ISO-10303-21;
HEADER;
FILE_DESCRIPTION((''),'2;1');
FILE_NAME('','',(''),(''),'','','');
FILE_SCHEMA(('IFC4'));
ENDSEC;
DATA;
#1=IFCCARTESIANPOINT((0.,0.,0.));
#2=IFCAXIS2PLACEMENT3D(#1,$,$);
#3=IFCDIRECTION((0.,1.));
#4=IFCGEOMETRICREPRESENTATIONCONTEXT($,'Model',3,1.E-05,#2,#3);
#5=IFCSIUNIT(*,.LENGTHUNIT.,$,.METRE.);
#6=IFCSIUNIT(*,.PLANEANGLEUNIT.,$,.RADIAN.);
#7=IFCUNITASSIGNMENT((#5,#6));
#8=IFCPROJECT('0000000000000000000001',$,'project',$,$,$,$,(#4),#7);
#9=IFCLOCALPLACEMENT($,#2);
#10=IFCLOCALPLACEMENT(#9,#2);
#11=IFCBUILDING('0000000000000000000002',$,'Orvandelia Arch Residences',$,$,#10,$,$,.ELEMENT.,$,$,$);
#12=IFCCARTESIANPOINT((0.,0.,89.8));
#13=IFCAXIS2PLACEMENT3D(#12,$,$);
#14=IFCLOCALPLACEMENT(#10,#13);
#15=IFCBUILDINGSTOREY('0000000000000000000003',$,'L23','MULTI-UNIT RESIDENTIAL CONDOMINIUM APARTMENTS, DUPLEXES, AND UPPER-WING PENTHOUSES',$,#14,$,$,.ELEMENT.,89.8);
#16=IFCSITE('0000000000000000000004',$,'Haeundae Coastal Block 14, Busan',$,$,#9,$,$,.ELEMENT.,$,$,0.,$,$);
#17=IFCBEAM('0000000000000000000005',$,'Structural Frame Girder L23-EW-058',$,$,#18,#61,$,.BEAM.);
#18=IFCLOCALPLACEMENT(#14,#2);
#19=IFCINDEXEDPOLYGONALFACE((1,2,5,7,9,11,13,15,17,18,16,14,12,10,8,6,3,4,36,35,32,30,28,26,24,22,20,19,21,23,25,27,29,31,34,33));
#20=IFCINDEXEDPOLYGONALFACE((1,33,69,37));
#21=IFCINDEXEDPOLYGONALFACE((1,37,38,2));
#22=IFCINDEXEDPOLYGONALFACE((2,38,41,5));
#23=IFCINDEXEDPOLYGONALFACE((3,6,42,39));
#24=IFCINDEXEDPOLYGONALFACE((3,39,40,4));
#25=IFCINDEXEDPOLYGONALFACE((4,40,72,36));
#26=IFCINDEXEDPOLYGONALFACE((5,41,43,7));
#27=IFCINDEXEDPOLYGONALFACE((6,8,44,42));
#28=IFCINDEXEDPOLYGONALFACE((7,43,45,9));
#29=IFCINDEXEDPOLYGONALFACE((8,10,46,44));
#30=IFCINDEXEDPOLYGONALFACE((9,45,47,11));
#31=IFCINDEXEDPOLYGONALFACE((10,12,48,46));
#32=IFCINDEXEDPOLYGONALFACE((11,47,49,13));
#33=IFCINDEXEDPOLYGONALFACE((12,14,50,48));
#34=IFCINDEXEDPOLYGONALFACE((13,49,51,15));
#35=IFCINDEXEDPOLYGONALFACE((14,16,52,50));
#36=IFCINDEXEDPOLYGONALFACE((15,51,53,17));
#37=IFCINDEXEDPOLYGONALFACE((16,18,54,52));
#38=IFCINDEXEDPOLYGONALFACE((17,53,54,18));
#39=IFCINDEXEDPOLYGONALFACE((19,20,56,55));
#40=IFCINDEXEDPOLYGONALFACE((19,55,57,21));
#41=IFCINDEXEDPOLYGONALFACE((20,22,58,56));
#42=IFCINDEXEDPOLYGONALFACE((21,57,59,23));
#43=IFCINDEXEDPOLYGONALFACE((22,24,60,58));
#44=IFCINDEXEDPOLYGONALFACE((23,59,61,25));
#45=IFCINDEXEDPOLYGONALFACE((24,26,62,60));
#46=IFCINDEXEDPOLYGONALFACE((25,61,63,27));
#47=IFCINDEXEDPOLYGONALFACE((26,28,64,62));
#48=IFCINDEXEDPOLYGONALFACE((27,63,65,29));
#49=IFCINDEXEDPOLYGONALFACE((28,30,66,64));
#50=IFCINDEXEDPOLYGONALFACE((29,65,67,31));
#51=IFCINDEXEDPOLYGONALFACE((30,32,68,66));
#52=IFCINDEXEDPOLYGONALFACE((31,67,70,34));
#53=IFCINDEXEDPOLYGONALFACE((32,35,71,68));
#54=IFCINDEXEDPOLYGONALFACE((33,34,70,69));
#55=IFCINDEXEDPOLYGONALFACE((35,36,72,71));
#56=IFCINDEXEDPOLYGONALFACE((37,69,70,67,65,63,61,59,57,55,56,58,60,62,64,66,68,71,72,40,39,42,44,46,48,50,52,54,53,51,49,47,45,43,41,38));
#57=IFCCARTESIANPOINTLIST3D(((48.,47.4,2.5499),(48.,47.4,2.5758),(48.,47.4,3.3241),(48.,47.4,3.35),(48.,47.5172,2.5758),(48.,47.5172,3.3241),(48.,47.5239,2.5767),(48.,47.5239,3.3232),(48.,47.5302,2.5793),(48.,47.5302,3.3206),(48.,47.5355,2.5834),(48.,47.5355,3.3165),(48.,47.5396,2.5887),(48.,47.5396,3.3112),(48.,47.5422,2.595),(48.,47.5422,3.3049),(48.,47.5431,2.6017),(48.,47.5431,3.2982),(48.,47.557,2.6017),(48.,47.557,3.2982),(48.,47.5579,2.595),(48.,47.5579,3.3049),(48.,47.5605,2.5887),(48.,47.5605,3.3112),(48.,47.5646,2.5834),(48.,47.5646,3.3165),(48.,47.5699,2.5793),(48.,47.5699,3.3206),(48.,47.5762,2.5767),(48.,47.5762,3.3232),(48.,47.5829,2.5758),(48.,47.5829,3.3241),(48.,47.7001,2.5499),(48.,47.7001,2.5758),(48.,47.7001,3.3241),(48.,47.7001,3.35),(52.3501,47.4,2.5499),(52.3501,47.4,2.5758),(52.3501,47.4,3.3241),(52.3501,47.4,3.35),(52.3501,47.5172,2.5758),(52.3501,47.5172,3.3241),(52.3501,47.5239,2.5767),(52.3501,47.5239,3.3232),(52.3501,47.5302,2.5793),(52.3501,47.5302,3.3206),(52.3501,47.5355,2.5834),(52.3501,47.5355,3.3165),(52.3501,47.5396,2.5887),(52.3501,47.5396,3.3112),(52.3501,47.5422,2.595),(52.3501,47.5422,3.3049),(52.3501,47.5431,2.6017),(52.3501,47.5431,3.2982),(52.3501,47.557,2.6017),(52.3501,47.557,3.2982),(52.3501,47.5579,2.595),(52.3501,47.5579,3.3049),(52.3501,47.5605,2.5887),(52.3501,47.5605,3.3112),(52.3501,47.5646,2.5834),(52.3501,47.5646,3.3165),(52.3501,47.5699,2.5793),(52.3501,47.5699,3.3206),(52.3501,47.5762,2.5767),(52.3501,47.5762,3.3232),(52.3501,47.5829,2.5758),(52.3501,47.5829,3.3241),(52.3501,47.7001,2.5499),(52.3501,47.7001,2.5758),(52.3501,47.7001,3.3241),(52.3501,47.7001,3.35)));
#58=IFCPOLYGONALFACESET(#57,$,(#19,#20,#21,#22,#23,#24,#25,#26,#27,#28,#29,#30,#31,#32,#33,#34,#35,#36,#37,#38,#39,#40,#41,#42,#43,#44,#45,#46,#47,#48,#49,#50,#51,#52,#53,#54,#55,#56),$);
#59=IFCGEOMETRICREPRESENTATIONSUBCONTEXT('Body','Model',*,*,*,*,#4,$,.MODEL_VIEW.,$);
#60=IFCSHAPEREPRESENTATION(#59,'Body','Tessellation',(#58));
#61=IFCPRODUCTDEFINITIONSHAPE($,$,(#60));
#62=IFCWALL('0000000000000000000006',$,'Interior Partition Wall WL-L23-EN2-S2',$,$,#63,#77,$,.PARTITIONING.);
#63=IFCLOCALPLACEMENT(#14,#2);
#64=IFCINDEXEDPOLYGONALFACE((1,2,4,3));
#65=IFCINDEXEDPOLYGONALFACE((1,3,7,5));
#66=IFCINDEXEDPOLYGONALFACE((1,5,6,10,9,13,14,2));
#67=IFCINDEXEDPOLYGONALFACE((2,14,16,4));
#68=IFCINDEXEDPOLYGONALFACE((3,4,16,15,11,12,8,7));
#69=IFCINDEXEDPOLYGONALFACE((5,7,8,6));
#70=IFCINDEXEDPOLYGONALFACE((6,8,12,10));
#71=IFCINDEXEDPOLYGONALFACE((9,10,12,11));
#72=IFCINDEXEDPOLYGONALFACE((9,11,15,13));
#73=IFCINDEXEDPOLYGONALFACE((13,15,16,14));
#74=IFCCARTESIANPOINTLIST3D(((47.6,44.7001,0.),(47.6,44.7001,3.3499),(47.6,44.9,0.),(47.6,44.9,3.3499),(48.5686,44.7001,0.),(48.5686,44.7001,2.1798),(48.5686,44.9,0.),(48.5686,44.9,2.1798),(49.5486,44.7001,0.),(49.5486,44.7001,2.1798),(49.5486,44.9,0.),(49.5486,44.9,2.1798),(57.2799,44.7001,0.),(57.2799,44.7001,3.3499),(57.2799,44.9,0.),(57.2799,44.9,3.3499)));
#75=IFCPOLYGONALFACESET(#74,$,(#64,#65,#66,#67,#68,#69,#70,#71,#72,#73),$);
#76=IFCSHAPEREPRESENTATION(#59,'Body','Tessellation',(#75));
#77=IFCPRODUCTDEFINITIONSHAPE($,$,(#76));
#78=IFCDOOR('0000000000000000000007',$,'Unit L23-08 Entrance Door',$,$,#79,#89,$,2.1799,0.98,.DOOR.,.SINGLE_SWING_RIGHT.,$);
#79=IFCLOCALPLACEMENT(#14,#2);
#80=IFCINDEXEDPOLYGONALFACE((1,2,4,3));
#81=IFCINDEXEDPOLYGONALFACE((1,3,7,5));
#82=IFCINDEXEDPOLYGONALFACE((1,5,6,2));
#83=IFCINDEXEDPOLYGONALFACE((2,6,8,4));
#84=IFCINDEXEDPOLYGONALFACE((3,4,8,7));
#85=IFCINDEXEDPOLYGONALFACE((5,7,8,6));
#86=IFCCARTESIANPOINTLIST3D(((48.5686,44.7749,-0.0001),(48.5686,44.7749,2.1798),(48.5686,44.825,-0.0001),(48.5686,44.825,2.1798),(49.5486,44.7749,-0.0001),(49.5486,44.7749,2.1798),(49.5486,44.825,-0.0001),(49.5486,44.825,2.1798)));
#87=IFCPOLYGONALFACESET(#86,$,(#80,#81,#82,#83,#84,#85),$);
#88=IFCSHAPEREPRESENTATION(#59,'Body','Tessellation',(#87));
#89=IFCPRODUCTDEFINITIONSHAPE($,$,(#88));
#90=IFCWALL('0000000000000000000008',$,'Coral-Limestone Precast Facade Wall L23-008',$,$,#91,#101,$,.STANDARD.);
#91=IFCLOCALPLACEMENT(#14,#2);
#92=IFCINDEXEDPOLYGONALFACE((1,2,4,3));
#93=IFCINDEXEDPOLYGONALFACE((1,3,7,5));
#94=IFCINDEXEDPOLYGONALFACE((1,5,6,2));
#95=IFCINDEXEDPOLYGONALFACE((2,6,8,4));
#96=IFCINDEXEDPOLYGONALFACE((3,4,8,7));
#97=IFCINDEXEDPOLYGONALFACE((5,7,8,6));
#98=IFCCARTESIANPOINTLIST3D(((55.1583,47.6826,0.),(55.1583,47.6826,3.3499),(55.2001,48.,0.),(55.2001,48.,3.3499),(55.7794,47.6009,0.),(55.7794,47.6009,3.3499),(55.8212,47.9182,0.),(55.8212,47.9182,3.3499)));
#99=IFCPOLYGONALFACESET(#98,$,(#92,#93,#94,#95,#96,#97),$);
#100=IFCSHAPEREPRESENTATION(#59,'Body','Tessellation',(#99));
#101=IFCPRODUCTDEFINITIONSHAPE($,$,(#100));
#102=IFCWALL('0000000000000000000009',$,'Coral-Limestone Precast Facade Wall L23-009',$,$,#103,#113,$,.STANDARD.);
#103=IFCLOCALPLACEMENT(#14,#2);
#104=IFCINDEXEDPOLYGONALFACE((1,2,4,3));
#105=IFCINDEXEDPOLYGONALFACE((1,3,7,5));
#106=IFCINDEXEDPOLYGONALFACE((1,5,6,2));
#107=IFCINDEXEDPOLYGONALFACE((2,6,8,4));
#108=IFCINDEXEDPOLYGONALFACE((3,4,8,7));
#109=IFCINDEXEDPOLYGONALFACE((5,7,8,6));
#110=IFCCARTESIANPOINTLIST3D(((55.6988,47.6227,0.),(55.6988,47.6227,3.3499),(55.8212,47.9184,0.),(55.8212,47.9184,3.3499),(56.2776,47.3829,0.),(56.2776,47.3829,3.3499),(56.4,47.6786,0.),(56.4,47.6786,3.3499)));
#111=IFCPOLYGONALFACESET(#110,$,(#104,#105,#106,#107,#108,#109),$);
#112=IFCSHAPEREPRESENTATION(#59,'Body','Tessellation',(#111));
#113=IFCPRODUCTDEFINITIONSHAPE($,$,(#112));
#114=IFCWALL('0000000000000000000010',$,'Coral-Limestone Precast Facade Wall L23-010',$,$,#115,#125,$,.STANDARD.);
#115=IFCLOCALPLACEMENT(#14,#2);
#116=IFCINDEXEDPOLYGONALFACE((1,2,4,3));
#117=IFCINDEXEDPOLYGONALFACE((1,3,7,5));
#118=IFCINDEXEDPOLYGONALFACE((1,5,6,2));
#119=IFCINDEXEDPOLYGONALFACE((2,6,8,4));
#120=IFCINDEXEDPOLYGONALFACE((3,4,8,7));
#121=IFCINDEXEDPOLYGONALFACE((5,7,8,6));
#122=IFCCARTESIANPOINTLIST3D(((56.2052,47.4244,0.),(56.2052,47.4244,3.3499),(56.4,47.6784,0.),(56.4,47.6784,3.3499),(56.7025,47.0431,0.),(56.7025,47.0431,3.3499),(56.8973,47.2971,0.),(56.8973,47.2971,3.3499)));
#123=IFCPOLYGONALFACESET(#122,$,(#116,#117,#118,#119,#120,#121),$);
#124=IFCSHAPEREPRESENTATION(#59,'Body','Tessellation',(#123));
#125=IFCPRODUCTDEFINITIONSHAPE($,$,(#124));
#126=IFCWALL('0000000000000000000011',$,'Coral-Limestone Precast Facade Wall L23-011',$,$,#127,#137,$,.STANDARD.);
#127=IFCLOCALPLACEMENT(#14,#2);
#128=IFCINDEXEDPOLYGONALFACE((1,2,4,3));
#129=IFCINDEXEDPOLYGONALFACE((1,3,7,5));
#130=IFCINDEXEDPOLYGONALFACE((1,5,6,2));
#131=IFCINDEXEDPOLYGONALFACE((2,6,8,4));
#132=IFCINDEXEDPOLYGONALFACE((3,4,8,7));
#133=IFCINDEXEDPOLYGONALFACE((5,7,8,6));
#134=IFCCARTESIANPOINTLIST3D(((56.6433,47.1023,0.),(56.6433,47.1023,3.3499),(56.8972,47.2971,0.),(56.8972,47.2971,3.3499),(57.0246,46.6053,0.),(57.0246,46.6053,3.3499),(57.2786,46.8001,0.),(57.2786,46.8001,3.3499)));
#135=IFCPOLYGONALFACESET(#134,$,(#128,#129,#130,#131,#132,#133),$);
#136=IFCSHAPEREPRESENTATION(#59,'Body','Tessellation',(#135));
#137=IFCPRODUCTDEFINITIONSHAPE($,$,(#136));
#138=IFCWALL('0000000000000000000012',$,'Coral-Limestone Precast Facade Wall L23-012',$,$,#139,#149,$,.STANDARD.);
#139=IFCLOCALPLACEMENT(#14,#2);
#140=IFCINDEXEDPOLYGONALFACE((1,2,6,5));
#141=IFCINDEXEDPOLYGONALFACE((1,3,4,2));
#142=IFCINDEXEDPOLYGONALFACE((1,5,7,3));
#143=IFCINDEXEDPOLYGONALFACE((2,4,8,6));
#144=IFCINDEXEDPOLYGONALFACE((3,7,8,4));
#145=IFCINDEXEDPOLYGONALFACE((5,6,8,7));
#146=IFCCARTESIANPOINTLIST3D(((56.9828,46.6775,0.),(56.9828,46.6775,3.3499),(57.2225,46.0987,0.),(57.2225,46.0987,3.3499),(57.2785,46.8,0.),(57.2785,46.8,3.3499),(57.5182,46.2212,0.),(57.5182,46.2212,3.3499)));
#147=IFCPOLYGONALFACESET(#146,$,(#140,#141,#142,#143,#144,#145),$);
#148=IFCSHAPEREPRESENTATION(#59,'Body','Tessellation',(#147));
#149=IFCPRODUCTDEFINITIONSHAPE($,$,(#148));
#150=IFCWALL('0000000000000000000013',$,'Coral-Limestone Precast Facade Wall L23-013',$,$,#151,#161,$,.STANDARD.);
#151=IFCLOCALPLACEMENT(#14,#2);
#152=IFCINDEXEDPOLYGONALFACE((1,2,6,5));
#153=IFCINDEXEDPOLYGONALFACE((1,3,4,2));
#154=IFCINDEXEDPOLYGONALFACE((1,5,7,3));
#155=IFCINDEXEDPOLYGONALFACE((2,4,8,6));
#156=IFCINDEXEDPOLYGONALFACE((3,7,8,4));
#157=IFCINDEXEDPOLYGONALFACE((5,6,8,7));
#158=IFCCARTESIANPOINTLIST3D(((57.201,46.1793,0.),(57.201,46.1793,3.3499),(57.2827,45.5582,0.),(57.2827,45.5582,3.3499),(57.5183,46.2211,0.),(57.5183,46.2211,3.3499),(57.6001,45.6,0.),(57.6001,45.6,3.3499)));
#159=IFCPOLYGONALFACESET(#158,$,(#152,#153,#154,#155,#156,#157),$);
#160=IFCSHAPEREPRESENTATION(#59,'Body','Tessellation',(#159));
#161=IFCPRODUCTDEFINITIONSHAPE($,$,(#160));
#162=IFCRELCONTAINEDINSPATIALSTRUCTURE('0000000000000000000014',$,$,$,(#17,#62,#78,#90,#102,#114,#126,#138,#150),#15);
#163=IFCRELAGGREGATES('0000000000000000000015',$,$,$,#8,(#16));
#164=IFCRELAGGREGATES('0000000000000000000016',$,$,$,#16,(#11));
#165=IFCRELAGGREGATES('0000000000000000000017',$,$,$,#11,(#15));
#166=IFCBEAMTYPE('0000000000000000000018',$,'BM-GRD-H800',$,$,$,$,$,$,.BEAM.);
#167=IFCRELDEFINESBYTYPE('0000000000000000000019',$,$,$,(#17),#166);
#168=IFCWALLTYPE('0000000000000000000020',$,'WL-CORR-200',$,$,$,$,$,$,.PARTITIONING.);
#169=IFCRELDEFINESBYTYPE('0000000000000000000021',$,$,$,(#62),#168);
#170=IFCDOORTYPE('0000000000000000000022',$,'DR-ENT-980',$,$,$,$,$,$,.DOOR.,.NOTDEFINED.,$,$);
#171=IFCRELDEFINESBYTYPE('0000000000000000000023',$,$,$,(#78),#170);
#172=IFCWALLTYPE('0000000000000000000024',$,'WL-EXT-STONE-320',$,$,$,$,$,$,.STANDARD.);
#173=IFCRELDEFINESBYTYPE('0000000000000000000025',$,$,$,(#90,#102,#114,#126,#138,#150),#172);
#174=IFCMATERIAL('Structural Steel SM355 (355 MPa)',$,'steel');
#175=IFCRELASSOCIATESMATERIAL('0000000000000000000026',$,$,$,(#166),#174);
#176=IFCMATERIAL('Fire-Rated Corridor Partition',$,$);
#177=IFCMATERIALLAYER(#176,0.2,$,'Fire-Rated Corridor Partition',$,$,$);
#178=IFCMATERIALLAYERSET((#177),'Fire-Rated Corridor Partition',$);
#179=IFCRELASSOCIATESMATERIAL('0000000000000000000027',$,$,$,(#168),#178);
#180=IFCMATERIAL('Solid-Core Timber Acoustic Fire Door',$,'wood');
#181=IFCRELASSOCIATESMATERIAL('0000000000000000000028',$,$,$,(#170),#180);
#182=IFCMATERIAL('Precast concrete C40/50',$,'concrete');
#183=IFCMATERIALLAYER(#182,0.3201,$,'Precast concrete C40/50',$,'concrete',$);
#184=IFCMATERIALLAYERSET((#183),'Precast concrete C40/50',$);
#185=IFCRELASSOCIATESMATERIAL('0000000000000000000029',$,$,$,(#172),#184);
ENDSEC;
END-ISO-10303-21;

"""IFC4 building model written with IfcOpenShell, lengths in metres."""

from ifc_helpers import new_model, si_unit, direction, frame, frame_2d, origin, origin_2d, place, context, subcontext, project, spatial, rectangle, i_section, extrude, material, layer, layer_set, material_profile, profile_set, type_object, element, fill, save


model = new_model("IFC4")

# Units and contexts
model_context = context("Model", 3, precision=1e-05, world=origin(), true_north=direction((0.0, 1.0)))
body_context = subcontext(model_context, "Body", "Model", "MODEL_VIEW")
ifc_project = project(units=[si_unit("LENGTHUNIT", "METRE"), si_unit("PLANEANGLEUNIT", "RADIAN")], contexts=[model_context])

# Site, building, storey
site_placement = place(None, origin())
site = spatial("IfcSite", under=ifc_project, at=site_placement, Name="Haeundae Coastal Block 14, Busan", CompositionType="ELEMENT", RefElevation=0.0)
building_placement = place(site_placement, origin())
building = spatial("IfcBuilding", under=site, at=building_placement, Name="Orvandelia Arch Residences", CompositionType="ELEMENT")
storey_placement = place(building_placement, frame((0.0, 0.0, 89.8)))
storey = spatial("IfcBuildingStorey", under=building, at=storey_placement, Name="L23", Description="MULTI-UNIT RESIDENTIAL CONDOMINIUM APARTMENTS, DUPLEXES, AND UPPER-WING PENTHOUSES", CompositionType="ELEMENT", Elevation=89.8)

# Beam
ifc_material_1 = material(Name="Structural Steel SM355 (355 MPa)", Category="steel")
ifc_material_profile_1 = material_profile(ifc_material_1, i_section(OverallWidth=0.3, OverallDepth=0.8, WebThickness=0.0139, FlangeThickness=0.0259, FilletRadius=0.0259, at=origin_2d()), Name="Structural Steel SM355 (355 MPa)", Category="steel")
ifc_profile_set_1 = profile_set([ifc_material_profile_1], Name="Structural Steel SM355 (355 MPa)")
beam_type = type_object("IfcBeamType", Name="BM-GRD-H800", PredefinedType="BEAM", material=ifc_profile_set_1)
beam_1_placement = place(storey_placement, frame((48.0, 47.55, 2.95), z_axis=(1.0, 0.0, 0.0), x_axis=(0.0, 1.0, 0.0)))
element("IfcBeam", 1, at=beam_1_placement, inside=storey, type_object=beam_type, Name="Structural Frame Girder L23-EW-058", PredefinedType="BEAM", context=body_context, shape_type="SweptSolid", body=[
    extrude(i_section(OverallWidth=0.3, OverallDepth=0.8, WebThickness=0.0139, FlangeThickness=0.0259, FilletRadius=0.0259, at=origin_2d()), origin(), (0.0, 0.0, 1.0), 4.3501),
])

# Wall, opening, door
ifc_material_2 = material(Name="Fire-Rated Corridor Partition")
ifc_layer_1 = layer(ifc_material_2, 0.2, Name="Fire-Rated Corridor Partition")
ifc_layer_set_1 = layer_set([ifc_layer_1], Name="Fire-Rated Corridor Partition")
wall_type_1 = type_object("IfcWallType", Name="WL-CORR-200", PredefinedType="PARTITIONING", material=ifc_layer_set_1)
wall_1_placement = place(storey_placement, frame((47.6001, 44.8, 0.0), z_axis=(0.0, 0.0, 1.0), x_axis=(1.0, 0.0, 0.0)))
wall_1 = element("IfcWall", 2, at=wall_1_placement, inside=storey, type_object=wall_type_1, Name="Interior Partition Wall WL-L23-EN2-S2", PredefinedType="PARTITIONING", context=body_context, shape_type="SweptSolid", body=[
    extrude(rectangle(XDim=9.6799, YDim=0.2, at=frame_2d((4.8398, 0.0))), origin(), (0.0, 0.0, 1.0), 3.3499),
])
opening_1_placement = place(wall_1_placement, frame((0.9685, 0.0, 0.0)))
opening_1 = element("IfcOpeningElement", 3, at=opening_1_placement, cuts=wall_1, PredefinedType="OPENING", context=body_context, shape_type="SweptSolid", body=[
    extrude(rectangle(XDim=0.98, YDim=2.1799, at=frame_2d((0.49, 1.0898))), frame((0.0, 0.1099, 0.0), z_axis=(0.0, -1.0, 0.0), x_axis=(1.0, 0.0, 0.0)), (0.0, 0.0, 1.0), 0.22),
])
ifc_material_3 = material(Name="Solid-Core Timber Acoustic Fire Door", Category="wood")
door_type_1 = type_object("IfcDoorType", Name="DR-ENT-980", OperationType="NOTDEFINED", PredefinedType="DOOR", material=ifc_material_3)
door_1_placement = place(opening_1_placement, origin())
door_1 = element("IfcDoor", 4, at=door_1_placement, inside=storey, type_object=door_type_1, Name="Unit L23-08 Entrance Door", OperationType="SINGLE_SWING_RIGHT", OverallHeight=2.1799, OverallWidth=0.98, PredefinedType="DOOR", context=body_context, shape_type="SweptSolid", body=[
    extrude(rectangle(XDim=0.98, YDim=2.1799, at=frame_2d((0.49, 1.0898))), frame((0.0, 0.0249, 0.0), z_axis=(0.0, -1.0, 0.0), x_axis=(1.0, 0.0, 0.0)), (0.0, 0.0, 1.0), 0.05),
])
fill(opening_1, door_1)

# Walls
ifc_material_4 = material(Name="Precast concrete C40/50", Category="concrete")
ifc_layer_2 = layer(ifc_material_4, 0.3201, Name="Precast concrete C40/50", Category="concrete")
ifc_layer_set_2 = layer_set([ifc_layer_2], Name="Precast concrete C40/50")
wall_type_2 = type_object("IfcWallType", Name="WL-EXT-STONE-320", PredefinedType="STANDARD", material=ifc_layer_set_2)
for number, where, z_axis, x_axis, name in (
    (5, (55.1792, 47.8413, 0.0), (0.0, 0.0, 1.0), (0.991441, -0.130555, 0.0), "Coral-Limestone Precast Facade Wall L23-008"),
    (6, (55.76, 47.7705, 0.0), (0.0, 0.0, 1.0), (0.923893, -0.38265, 0.0), "Coral-Limestone Precast Facade Wall L23-009"),
):
    element("IfcWall", number, at=place(storey_placement, frame(where, z_axis=z_axis, x_axis=x_axis)), inside=storey, type_object=wall_type_2, Name=name, PredefinedType="STANDARD", context=body_context, shape_type="SweptSolid", body=[
        extrude(rectangle(XDim=0.6265, YDim=0.3201, at=frame_2d((0.3132, 0.0))), origin(), (0.0, 0.0, 1.0), 3.3499),
    ])
wall_2_placement = place(storey_placement, frame((56.3025, 47.5515, 0.0), z_axis=(0.0, 0.0, 1.0), x_axis=(0.79355, -0.608505, 0.0)))
element("IfcWall", 7, at=wall_2_placement, inside=storey, type_object=wall_type_2, Name="Coral-Limestone Precast Facade Wall L23-010", PredefinedType="STANDARD", context=body_context, shape_type="SweptSolid", body=[
    extrude(rectangle(XDim=0.6267, YDim=0.3201, at=frame_2d((0.3135, 0.0))), origin(), (0.0, 0.0, 1.0), 3.3499),
])
for number, where, z_axis, x_axis, name in (
    (8, (56.7703, 47.1997, 0.0), (0.0, 0.0, 1.0), (0.608693, -0.793406, 0.0), "Coral-Limestone Precast Facade Wall L23-011"),
    (9, (57.1306, 46.7388, 0.0), (0.0, 0.0, 1.0), (0.38265, -0.923893, 0.0), "Coral-Limestone Precast Facade Wall L23-012"),
    (10, (57.3596, 46.2002, 0.0), (0.0, 0.0, 1.0), (0.130555, -0.991441, 0.0), "Coral-Limestone Precast Facade Wall L23-013"),
):
    element("IfcWall", number, at=place(storey_placement, frame(where, z_axis=z_axis, x_axis=x_axis)), inside=storey, type_object=wall_type_2, Name=name, PredefinedType="STANDARD", context=body_context, shape_type="SweptSolid", body=[
        extrude(rectangle(XDim=0.6265, YDim=0.3201, at=frame_2d((0.3132, 0.0))), origin(), (0.0, 0.0, 1.0), 3.3499),
    ])

save(model, "model.ifc")
